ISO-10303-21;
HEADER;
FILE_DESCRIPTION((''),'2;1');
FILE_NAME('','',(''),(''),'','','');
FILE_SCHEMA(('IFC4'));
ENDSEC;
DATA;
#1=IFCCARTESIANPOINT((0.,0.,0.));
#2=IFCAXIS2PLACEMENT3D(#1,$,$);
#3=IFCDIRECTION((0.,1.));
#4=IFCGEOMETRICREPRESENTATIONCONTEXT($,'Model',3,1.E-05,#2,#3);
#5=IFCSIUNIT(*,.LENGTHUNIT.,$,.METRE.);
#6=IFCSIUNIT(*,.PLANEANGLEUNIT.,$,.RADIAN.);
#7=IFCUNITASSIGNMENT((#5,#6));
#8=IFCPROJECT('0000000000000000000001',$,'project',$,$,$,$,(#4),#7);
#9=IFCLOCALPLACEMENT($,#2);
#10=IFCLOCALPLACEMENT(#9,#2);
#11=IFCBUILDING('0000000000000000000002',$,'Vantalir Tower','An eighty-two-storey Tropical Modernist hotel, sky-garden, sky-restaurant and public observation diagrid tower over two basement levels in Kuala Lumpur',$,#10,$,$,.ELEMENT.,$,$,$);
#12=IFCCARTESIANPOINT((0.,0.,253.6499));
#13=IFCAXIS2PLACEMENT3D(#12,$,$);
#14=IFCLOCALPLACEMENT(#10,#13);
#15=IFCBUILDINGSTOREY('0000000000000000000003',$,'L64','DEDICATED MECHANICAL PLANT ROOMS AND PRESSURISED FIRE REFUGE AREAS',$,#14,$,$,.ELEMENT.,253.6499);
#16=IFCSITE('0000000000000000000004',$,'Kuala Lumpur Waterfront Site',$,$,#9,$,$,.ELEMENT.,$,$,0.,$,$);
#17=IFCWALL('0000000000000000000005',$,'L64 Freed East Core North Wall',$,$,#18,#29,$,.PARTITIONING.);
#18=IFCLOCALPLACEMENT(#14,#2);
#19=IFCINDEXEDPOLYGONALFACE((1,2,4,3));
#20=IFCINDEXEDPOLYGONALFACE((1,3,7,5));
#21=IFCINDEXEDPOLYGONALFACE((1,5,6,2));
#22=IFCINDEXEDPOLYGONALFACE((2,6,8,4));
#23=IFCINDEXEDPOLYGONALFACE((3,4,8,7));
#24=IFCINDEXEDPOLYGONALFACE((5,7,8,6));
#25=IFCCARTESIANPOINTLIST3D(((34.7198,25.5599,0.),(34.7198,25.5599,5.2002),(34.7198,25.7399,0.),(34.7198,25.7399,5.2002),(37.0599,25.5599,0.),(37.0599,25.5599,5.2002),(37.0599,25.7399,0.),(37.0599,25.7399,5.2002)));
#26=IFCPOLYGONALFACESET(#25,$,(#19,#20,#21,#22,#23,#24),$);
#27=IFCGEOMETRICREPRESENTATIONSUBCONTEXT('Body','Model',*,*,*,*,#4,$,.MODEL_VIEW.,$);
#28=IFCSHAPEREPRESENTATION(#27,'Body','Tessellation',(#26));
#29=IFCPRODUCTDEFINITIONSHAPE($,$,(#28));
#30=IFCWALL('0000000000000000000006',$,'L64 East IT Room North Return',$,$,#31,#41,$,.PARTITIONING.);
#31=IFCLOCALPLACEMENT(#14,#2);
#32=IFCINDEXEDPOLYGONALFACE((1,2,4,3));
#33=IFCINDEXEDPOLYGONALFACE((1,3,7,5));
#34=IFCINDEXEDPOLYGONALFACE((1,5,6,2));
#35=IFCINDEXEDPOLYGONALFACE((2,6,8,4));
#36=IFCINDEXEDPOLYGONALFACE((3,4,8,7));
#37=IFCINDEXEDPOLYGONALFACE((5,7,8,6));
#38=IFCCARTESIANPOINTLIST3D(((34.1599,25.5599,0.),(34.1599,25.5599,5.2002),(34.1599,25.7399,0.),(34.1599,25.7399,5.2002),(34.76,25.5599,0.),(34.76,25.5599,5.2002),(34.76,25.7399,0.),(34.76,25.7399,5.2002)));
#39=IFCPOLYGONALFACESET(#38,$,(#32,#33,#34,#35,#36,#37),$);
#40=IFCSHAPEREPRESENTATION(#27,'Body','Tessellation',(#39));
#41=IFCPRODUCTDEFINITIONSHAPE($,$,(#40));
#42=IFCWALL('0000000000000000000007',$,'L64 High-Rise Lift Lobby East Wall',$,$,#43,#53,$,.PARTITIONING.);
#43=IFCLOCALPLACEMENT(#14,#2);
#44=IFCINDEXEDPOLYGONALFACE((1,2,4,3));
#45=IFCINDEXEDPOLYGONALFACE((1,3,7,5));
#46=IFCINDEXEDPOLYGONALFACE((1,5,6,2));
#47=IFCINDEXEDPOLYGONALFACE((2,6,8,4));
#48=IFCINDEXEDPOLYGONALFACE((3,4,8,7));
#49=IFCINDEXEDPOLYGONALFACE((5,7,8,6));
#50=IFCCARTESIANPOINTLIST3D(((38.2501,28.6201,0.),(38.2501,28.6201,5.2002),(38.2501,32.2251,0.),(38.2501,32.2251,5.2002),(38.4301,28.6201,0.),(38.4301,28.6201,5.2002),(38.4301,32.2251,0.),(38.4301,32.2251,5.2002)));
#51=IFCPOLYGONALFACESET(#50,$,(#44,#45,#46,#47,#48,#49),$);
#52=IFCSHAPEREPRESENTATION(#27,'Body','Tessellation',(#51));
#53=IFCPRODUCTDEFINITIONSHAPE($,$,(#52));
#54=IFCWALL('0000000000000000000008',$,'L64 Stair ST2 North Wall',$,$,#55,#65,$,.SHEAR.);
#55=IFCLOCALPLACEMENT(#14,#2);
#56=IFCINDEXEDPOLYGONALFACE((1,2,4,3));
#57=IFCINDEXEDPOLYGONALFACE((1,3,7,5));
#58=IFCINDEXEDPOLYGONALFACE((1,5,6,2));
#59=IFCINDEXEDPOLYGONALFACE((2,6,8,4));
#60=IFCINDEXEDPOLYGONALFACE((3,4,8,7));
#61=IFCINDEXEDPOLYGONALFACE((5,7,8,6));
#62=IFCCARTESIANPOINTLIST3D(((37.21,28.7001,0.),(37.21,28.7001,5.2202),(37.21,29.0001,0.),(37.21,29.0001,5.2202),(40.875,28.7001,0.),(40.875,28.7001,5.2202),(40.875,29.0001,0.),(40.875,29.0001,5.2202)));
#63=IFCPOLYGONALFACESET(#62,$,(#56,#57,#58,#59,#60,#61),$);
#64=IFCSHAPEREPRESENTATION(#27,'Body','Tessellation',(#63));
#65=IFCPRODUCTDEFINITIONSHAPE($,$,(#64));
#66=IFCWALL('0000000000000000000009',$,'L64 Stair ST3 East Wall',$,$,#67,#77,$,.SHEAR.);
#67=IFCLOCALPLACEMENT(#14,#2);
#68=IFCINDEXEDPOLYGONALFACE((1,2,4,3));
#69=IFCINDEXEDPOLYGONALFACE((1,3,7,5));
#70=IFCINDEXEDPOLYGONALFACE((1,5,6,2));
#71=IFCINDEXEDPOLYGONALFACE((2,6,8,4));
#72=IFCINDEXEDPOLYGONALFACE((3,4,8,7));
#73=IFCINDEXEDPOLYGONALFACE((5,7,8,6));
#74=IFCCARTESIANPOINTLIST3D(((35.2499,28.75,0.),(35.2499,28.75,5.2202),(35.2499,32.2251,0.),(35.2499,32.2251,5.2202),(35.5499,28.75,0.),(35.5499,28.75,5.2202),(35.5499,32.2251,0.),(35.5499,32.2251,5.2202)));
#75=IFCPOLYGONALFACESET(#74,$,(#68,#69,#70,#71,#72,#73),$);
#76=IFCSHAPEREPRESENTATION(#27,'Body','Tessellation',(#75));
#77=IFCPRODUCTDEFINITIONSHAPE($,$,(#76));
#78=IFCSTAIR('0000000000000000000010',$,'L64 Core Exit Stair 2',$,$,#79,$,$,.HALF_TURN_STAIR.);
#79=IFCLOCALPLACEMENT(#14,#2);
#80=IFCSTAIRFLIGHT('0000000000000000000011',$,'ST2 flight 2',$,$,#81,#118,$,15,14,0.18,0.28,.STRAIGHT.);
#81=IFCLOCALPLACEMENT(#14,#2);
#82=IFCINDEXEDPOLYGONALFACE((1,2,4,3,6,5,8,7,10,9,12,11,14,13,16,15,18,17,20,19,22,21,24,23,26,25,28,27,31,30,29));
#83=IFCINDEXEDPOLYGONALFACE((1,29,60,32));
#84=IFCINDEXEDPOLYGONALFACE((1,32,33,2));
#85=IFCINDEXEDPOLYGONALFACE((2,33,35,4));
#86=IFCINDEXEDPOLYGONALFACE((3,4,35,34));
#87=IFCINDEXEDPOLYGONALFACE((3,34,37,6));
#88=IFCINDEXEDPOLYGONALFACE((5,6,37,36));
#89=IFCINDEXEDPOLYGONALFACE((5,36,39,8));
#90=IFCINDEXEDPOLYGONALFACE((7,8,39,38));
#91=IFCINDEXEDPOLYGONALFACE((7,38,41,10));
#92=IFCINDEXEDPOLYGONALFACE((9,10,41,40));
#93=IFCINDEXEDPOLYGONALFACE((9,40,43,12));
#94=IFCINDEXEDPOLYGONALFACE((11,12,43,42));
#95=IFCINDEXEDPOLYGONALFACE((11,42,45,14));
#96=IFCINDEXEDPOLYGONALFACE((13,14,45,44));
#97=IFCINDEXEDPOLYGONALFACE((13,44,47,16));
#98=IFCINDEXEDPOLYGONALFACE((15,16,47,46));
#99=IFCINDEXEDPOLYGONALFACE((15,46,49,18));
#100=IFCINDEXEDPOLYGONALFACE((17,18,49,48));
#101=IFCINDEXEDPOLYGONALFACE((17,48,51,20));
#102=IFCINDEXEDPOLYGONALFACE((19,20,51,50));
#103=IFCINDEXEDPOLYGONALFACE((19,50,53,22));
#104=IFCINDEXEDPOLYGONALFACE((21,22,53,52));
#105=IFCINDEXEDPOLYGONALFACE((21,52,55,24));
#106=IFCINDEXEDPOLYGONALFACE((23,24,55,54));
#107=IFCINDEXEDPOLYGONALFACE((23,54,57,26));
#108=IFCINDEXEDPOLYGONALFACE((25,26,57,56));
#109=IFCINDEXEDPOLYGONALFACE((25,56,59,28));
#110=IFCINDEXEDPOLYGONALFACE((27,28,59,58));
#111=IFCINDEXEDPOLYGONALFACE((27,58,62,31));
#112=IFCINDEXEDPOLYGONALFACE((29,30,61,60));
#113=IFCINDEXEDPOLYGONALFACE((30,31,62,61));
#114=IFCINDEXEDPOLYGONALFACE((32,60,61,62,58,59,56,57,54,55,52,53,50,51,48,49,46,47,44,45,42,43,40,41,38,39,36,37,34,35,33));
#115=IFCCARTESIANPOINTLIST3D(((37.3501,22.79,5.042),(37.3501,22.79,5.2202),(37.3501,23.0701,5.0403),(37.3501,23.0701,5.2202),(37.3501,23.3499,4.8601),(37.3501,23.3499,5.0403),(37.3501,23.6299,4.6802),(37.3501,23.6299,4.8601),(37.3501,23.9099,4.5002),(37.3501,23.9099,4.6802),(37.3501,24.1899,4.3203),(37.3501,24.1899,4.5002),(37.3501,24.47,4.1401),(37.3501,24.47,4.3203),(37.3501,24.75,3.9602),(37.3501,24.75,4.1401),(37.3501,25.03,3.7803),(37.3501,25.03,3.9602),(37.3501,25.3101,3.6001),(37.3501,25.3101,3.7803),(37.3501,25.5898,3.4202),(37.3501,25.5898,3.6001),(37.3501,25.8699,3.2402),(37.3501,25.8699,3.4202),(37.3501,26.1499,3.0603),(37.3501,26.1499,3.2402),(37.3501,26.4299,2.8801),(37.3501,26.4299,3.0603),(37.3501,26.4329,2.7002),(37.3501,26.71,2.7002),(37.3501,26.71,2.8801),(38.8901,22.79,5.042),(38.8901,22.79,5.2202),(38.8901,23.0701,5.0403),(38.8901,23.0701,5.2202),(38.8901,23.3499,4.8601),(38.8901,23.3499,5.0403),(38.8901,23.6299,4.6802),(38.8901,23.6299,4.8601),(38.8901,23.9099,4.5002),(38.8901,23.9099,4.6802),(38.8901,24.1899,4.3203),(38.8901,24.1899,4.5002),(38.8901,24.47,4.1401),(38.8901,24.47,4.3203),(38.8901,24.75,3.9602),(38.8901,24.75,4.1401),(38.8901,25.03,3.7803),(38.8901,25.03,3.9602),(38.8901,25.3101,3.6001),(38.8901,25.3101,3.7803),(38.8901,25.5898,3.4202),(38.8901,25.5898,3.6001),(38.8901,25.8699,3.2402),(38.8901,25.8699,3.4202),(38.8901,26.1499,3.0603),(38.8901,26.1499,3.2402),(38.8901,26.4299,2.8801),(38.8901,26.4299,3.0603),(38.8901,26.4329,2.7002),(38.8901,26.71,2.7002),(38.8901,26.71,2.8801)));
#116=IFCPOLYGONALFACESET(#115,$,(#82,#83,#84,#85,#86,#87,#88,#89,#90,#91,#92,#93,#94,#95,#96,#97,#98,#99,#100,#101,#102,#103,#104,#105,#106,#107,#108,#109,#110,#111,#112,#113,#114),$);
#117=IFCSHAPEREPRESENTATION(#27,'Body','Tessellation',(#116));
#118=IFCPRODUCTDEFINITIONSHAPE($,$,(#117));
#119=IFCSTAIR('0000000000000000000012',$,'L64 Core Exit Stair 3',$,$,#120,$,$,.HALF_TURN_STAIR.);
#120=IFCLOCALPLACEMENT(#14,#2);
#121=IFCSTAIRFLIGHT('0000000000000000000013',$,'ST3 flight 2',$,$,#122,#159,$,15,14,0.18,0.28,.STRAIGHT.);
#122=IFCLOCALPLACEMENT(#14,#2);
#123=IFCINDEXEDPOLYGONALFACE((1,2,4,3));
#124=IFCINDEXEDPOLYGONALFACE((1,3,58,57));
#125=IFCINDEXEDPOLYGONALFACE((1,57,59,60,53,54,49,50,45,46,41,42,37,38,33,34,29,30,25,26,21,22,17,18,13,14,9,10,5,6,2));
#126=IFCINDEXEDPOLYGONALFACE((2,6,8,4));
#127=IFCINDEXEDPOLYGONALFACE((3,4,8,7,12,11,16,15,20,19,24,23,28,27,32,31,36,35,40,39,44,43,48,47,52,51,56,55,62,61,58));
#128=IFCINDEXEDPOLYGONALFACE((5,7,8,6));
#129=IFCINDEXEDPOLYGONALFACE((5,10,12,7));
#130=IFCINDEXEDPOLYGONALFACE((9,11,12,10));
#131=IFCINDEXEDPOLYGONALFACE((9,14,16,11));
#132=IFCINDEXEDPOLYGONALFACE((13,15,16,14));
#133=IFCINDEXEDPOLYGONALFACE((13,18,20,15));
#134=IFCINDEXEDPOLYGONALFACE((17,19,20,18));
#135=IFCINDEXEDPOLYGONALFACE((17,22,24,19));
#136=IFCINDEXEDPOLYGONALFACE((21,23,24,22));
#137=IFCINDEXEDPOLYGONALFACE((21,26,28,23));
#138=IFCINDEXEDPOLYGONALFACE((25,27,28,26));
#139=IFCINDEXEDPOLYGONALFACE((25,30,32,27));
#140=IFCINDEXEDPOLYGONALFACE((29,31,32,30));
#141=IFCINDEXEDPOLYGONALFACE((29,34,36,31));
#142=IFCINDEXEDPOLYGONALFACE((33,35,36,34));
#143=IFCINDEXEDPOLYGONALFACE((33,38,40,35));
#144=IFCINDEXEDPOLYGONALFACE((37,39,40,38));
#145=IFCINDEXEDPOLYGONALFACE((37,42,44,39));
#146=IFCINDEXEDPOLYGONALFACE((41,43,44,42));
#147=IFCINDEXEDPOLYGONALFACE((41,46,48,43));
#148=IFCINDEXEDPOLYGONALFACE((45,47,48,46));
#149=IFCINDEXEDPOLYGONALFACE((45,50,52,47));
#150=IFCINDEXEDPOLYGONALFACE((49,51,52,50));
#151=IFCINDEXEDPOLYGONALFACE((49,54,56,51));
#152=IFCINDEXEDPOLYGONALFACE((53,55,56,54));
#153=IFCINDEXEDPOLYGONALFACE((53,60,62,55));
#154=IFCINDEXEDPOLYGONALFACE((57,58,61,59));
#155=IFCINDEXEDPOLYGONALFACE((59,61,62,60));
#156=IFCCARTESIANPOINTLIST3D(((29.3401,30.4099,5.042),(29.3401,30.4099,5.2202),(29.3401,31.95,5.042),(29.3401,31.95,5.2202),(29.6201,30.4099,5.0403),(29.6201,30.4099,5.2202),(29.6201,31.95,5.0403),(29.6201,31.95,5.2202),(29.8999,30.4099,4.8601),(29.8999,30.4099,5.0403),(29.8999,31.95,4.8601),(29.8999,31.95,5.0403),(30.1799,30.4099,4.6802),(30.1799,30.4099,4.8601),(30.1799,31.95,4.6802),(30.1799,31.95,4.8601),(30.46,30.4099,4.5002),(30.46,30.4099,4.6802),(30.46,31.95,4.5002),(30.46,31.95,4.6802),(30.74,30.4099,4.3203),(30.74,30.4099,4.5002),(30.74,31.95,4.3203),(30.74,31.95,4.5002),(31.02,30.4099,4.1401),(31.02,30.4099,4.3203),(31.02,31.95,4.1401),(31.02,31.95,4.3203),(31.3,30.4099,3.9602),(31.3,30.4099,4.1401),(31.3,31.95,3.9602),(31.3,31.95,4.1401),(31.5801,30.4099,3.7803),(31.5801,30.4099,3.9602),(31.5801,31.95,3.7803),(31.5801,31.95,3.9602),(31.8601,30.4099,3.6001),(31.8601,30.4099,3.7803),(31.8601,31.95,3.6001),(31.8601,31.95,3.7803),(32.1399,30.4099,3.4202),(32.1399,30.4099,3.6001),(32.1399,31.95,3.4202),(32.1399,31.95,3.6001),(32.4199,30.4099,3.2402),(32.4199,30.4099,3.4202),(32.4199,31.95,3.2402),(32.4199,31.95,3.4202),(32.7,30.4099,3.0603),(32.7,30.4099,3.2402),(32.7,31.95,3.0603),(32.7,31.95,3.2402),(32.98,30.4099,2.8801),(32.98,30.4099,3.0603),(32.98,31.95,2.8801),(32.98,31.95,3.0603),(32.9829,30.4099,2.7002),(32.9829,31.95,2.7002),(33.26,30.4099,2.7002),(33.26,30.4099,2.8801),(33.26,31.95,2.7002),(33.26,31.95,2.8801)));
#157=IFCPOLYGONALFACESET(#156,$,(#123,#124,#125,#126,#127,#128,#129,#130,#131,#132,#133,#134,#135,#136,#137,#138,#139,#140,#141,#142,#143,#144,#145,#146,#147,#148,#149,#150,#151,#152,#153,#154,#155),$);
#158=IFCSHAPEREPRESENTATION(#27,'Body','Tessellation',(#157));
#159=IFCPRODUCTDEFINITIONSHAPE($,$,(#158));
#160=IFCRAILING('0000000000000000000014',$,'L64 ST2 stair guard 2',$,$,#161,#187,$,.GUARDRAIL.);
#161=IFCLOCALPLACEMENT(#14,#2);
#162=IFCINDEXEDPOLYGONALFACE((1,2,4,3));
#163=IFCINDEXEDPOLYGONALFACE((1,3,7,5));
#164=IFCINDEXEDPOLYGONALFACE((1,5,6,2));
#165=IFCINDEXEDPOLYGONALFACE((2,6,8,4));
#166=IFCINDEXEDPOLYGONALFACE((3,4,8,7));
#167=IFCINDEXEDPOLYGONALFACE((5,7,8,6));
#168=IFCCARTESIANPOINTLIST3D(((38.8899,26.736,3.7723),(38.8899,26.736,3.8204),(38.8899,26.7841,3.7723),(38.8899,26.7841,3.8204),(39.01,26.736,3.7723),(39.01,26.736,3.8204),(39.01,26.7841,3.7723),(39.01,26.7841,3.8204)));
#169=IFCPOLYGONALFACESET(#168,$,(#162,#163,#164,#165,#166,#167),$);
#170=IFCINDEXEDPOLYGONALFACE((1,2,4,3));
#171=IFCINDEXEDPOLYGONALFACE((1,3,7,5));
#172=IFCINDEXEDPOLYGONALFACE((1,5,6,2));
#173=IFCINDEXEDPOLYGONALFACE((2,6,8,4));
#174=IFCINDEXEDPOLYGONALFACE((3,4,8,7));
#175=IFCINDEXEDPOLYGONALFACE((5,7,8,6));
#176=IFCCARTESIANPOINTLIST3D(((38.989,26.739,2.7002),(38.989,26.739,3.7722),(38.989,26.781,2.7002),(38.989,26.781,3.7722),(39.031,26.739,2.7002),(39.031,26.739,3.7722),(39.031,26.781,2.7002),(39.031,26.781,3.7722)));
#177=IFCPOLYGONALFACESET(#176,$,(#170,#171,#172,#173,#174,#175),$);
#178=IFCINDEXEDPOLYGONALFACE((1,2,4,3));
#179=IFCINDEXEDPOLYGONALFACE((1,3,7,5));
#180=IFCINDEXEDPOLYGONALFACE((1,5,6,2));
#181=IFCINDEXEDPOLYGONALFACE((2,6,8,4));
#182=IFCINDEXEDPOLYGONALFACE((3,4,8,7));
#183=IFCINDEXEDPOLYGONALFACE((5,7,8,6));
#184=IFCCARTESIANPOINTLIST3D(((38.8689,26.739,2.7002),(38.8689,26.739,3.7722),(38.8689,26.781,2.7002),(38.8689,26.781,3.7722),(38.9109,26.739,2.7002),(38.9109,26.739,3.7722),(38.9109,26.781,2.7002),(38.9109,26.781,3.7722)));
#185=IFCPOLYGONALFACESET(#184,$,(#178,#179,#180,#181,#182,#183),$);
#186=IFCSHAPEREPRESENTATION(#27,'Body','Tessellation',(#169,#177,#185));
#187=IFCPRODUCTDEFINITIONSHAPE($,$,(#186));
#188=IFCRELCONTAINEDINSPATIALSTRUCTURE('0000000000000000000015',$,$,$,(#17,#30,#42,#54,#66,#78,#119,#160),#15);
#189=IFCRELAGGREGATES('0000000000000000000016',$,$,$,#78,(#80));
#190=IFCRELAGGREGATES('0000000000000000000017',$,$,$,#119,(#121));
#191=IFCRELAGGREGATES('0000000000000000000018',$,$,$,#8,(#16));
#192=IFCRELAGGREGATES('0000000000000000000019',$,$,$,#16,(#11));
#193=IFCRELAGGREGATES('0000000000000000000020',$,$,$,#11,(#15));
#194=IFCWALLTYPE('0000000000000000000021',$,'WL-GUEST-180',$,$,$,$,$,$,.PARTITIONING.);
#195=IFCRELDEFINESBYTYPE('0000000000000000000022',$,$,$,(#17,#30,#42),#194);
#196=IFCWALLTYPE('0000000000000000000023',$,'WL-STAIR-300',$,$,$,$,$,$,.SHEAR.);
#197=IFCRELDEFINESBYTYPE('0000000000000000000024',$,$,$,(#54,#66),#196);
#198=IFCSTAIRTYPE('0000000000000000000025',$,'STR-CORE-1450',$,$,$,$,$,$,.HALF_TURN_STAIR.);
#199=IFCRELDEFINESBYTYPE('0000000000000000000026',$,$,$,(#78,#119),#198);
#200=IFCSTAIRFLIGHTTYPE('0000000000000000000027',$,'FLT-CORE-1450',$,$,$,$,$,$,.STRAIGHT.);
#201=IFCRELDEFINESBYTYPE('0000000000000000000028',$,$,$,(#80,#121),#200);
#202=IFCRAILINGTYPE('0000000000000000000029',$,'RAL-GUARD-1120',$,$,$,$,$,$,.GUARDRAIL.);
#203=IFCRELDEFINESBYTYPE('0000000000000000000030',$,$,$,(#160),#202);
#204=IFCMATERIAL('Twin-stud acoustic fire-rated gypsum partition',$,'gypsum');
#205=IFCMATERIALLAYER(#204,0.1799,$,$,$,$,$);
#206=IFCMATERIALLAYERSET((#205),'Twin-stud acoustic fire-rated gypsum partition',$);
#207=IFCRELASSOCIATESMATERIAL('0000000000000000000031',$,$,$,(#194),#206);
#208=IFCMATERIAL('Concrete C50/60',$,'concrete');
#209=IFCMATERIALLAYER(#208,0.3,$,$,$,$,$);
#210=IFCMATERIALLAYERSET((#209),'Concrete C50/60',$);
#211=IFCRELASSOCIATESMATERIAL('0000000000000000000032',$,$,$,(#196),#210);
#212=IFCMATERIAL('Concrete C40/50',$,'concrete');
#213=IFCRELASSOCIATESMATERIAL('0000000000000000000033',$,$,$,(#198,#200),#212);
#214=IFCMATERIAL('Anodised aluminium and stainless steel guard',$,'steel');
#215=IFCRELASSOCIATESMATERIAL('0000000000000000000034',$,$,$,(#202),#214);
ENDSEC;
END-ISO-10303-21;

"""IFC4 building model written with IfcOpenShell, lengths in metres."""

from ifc_helpers import new_model, si_unit, direction, frame, frame_2d, origin, origin_2d, place, context, subcontext, project, spatial, polyline, rectangle, outline, extrude, material, layer, layer_set, type_object, element, aggregate, save


model = new_model("IFC4")

# Units and contexts
model_context = context("Model", 3, precision=1e-05, world=origin(), true_north=direction((0.0, 1.0)))
body_context = subcontext(model_context, "Body", "Model", "MODEL_VIEW")
ifc_project = project(units=[si_unit("LENGTHUNIT", "METRE"), si_unit("PLANEANGLEUNIT", "RADIAN")], contexts=[model_context])

# Site, building, storey
site_placement = place(None, origin())
site = spatial("IfcSite", under=ifc_project, at=site_placement, Name="Kuala Lumpur Waterfront Site", CompositionType="ELEMENT", RefElevation=0.0)
building_placement = place(site_placement, origin())
building = spatial("IfcBuilding", under=site, at=building_placement, Name="Vantalir Tower", Description="An eighty-two-storey Tropical Modernist hotel, sky-garden, sky-restaurant and public observation diagrid tower over two basement levels in Kuala Lumpur", CompositionType="ELEMENT")
storey_placement = place(building_placement, frame((0.0, 0.0, 253.6499)))
storey = spatial("IfcBuildingStorey", under=building, at=storey_placement, Name="L64", Description="DEDICATED MECHANICAL PLANT ROOMS AND PRESSURISED FIRE REFUGE AREAS", CompositionType="ELEMENT", Elevation=253.6499)

# Shared definitions
ifc_material_1 = material(Name="Concrete C50/60", Category="concrete")

# Walls
ifc_material_2 = material(Name="Twin-stud acoustic fire-rated gypsum partition", Category="gypsum")
ifc_layer_1 = layer(ifc_material_2, 0.1799)
ifc_layer_set_1 = layer_set([ifc_layer_1], Name="Twin-stud acoustic fire-rated gypsum partition")
wall_type_1 = type_object("IfcWallType", Name="WL-GUEST-180", PredefinedType="PARTITIONING", material=ifc_layer_set_1)
wall_1_placement = place(storey_placement, frame((34.72, 25.6499, 0.0), z_axis=(0.0, 0.0, 1.0), x_axis=(1.0, 0.0, 0.0)))
element("IfcWall", 1, at=wall_1_placement, inside=storey, type_object=wall_type_1, Name="L64 Freed East Core North Wall", PredefinedType="PARTITIONING", context=body_context, shape_type="SweptSolid", body=[
    extrude(rectangle(XDim=2.3401, YDim=0.1799, at=frame_2d((1.1699, 0.0))), origin(), (0.0, 0.0, 1.0), 5.2002),
])
wall_2_placement = place(storey_placement, frame((34.1599, 25.6499, 0.0), z_axis=(0.0, 0.0, 1.0), x_axis=(1.0, 0.0, 0.0)))
element("IfcWall", 2, at=wall_2_placement, inside=storey, type_object=wall_type_1, Name="L64 East IT Room North Return", PredefinedType="PARTITIONING", context=body_context, shape_type="SweptSolid", body=[
    extrude(rectangle(XDim=0.6001, YDim=0.1799, at=frame_2d((0.3, 0.0))), origin(), (0.0, 0.0, 1.0), 5.2002),
])
wall_3_placement = place(storey_placement, frame((38.3401, 28.6201, 0.0), z_axis=(0.0, 0.0, 1.0), x_axis=(0.0, 1.0, 0.0)))
element("IfcWall", 3, at=wall_3_placement, inside=storey, type_object=wall_type_1, Name="L64 High-Rise Lift Lobby East Wall", PredefinedType="PARTITIONING", context=body_context, shape_type="SweptSolid", body=[
    extrude(rectangle(XDim=3.605, YDim=0.1799, at=frame_2d((1.8025, 0.0))), origin(), (0.0, 0.0, 1.0), 5.2002),
])
ifc_layer_2 = layer(ifc_material_1, 0.3)
ifc_layer_set_2 = layer_set([ifc_layer_2], Name="Concrete C50/60")
wall_type_2 = type_object("IfcWallType", Name="WL-STAIR-300", PredefinedType="SHEAR", material=ifc_layer_set_2)
wall_4_placement = place(storey_placement, frame((37.21, 28.8501, 0.0), z_axis=(0.0, 0.0, 1.0), x_axis=(1.0, 0.0, 0.0)))
element("IfcWall", 4, at=wall_4_placement, inside=storey, type_object=wall_type_2, Name="L64 Stair ST2 North Wall", PredefinedType="SHEAR", context=body_context, shape_type="SweptSolid", body=[
    extrude(rectangle(XDim=3.665, YDim=0.3, at=frame_2d((1.8325, 0.0))), origin(), (0.0, 0.0, 1.0), 5.2202),
])
wall_5_placement = place(storey_placement, frame((35.3999, 28.75, 0.0), z_axis=(0.0, 0.0, 1.0), x_axis=(0.0, 1.0, 0.0)))
element("IfcWall", 5, at=wall_5_placement, inside=storey, type_object=wall_type_2, Name="L64 Stair ST3 East Wall", PredefinedType="SHEAR", context=body_context, shape_type="SweptSolid", body=[
    extrude(rectangle(XDim=3.4751, YDim=0.3, at=frame_2d((1.7375, 0.0))), origin(), (0.0, 0.0, 1.0), 5.2202),
])

# Stairs, stair flights
ifc_material_3 = material(Name="Concrete C40/50", Category="concrete")
stair_type = type_object("IfcStairType", Name="STR-CORE-1450", PredefinedType="HALF_TURN_STAIR", material=ifc_material_3)
stair_1_placement = place(storey_placement, origin())
stair_1 = element("IfcStair", 6, at=stair_1_placement, inside=storey, type_object=stair_type, Name="L64 Core Exit Stair 2", PredefinedType="HALF_TURN_STAIR")
stair_flight_type = type_object("IfcStairFlightType", Name="FLT-CORE-1450", PredefinedType="STRAIGHT", material=ifc_material_3)
stair_flight_1_placement = place(storey_placement, frame((38.1201, 26.71, 2.7002), z_axis=(0.0, 0.0, 1.0), x_axis=(0.0, -1.0, 0.0)))
stair_flight_1 = element("IfcStairFlight", 7, at=stair_flight_1_placement, type_object=stair_flight_type, Name="ST2 flight 2", NumberOfRisers=15, NumberOfTreads=14, PredefinedType="STRAIGHT", RiserHeight=0.18, TreadLength=0.28, context=body_context, shape_type="SweptSolid", body=[
    extrude(outline(polyline([(0.0, 0.0), (0.0, 0.1799), (0.28, 0.1799), (0.28, 0.3601), (0.5601, 0.3601), (0.5601, 0.54), (0.8401, 0.54), (0.8401, 0.72), (1.1201, 0.72), (1.1201, 0.8999), (1.3999, 0.8999), (1.3999, 1.0801), (1.6799, 1.0801), (1.6799, 1.26), (1.96, 1.26), (1.96, 1.4399), (2.24, 1.4399), (2.24, 1.6201), (2.52, 1.6201), (2.52, 1.8), (2.8, 1.8), (2.8, 1.98), (3.0801, 1.98), (3.0801, 2.1599), (3.3601, 2.1599), (3.3601, 2.3401), (3.6399, 2.3401), (3.6399, 2.52), (3.9199, 2.52), (3.9199, 2.7), (3.9199, 2.3418), (0.2771, 0.0), (0.0, 0.0)])), frame((0.0, 0.77, 0.0), z_axis=(0.0, -1.0, 0.0), x_axis=(1.0, 0.0, 0.0)), (0.0, 0.0, 1.0), 1.54),
])
aggregate(stair_1, [stair_flight_1])
stair_2_placement = place(storey_placement, origin())
stair_2 = element("IfcStair", 8, at=stair_2_placement, inside=storey, type_object=stair_type, Name="L64 Core Exit Stair 3", PredefinedType="HALF_TURN_STAIR")
stair_flight_2_placement = place(storey_placement, frame((33.26, 31.1799, 2.7002), z_axis=(0.0, 0.0, 1.0), x_axis=(-1.0, 0.0, 0.0)))
stair_flight_2 = element("IfcStairFlight", 9, at=stair_flight_2_placement, type_object=stair_flight_type, Name="ST3 flight 2", NumberOfRisers=15, NumberOfTreads=14, PredefinedType="STRAIGHT", RiserHeight=0.18, TreadLength=0.28, context=body_context, shape_type="SweptSolid", body=[
    extrude(outline(polyline([(0.0, 0.0), (0.0, 0.1799), (0.28, 0.1799), (0.28, 0.3601), (0.5601, 0.3601), (0.5601, 0.54), (0.8401, 0.54), (0.8401, 0.72), (1.1201, 0.72), (1.1201, 0.8999), (1.3999, 0.8999), (1.3999, 1.0801), (1.6799, 1.0801), (1.6799, 1.26), (1.96, 1.26), (1.96, 1.4399), (2.24, 1.4399), (2.24, 1.6201), (2.52, 1.6201), (2.52, 1.8), (2.8, 1.8), (2.8, 1.98), (3.0801, 1.98), (3.0801, 2.1599), (3.3601, 2.1599), (3.3601, 2.3401), (3.6399, 2.3401), (3.6399, 2.52), (3.9199, 2.52), (3.9199, 2.7), (3.9199, 2.3418), (0.2771, 0.0), (0.0, 0.0)])), frame((0.0, 0.77, 0.0), z_axis=(0.0, -1.0, 0.0), x_axis=(1.0, 0.0, 0.0)), (0.0, 0.0, 1.0), 1.54),
])
aggregate(stair_2, [stair_flight_2])

# Railing
ifc_material_4 = material(Name="Anodised aluminium and stainless steel guard", Category="steel")
railing_type_1 = type_object("IfcRailingType", Name="RAL-GUARD-1120", PredefinedType="GUARDRAIL", material=ifc_material_4)
railing_1_placement = place(storey_placement, frame((39.01, 26.76, 2.7002)))
element("IfcRailing", 10, at=railing_1_placement, inside=storey, type_object=railing_type_1, Name="L64 ST2 stair guard 2", PredefinedType="GUARDRAIL", context=body_context, shape_type="SweptSolid", body=[
    extrude(rectangle(XDim=0.0481, YDim=0.0481, at=origin_2d()), frame((0.0, 0.0, 1.0962), z_axis=(-1.0, 0.0, 0.0), x_axis=(0.0, -1.0, 0.0)), (0.0, 0.0, 1.0), 0.1201),
    extrude(rectangle(XDim=0.042, YDim=0.042, at=origin_2d()), origin(), (0.0, 0.0, 1.0), 1.072),
    extrude(rectangle(XDim=0.042, YDim=0.042, at=origin_2d()), frame((-0.1201, 0.0, 0.0)), (0.0, 0.0, 1.0), 1.072),
])

save(model, "model.ifc")
